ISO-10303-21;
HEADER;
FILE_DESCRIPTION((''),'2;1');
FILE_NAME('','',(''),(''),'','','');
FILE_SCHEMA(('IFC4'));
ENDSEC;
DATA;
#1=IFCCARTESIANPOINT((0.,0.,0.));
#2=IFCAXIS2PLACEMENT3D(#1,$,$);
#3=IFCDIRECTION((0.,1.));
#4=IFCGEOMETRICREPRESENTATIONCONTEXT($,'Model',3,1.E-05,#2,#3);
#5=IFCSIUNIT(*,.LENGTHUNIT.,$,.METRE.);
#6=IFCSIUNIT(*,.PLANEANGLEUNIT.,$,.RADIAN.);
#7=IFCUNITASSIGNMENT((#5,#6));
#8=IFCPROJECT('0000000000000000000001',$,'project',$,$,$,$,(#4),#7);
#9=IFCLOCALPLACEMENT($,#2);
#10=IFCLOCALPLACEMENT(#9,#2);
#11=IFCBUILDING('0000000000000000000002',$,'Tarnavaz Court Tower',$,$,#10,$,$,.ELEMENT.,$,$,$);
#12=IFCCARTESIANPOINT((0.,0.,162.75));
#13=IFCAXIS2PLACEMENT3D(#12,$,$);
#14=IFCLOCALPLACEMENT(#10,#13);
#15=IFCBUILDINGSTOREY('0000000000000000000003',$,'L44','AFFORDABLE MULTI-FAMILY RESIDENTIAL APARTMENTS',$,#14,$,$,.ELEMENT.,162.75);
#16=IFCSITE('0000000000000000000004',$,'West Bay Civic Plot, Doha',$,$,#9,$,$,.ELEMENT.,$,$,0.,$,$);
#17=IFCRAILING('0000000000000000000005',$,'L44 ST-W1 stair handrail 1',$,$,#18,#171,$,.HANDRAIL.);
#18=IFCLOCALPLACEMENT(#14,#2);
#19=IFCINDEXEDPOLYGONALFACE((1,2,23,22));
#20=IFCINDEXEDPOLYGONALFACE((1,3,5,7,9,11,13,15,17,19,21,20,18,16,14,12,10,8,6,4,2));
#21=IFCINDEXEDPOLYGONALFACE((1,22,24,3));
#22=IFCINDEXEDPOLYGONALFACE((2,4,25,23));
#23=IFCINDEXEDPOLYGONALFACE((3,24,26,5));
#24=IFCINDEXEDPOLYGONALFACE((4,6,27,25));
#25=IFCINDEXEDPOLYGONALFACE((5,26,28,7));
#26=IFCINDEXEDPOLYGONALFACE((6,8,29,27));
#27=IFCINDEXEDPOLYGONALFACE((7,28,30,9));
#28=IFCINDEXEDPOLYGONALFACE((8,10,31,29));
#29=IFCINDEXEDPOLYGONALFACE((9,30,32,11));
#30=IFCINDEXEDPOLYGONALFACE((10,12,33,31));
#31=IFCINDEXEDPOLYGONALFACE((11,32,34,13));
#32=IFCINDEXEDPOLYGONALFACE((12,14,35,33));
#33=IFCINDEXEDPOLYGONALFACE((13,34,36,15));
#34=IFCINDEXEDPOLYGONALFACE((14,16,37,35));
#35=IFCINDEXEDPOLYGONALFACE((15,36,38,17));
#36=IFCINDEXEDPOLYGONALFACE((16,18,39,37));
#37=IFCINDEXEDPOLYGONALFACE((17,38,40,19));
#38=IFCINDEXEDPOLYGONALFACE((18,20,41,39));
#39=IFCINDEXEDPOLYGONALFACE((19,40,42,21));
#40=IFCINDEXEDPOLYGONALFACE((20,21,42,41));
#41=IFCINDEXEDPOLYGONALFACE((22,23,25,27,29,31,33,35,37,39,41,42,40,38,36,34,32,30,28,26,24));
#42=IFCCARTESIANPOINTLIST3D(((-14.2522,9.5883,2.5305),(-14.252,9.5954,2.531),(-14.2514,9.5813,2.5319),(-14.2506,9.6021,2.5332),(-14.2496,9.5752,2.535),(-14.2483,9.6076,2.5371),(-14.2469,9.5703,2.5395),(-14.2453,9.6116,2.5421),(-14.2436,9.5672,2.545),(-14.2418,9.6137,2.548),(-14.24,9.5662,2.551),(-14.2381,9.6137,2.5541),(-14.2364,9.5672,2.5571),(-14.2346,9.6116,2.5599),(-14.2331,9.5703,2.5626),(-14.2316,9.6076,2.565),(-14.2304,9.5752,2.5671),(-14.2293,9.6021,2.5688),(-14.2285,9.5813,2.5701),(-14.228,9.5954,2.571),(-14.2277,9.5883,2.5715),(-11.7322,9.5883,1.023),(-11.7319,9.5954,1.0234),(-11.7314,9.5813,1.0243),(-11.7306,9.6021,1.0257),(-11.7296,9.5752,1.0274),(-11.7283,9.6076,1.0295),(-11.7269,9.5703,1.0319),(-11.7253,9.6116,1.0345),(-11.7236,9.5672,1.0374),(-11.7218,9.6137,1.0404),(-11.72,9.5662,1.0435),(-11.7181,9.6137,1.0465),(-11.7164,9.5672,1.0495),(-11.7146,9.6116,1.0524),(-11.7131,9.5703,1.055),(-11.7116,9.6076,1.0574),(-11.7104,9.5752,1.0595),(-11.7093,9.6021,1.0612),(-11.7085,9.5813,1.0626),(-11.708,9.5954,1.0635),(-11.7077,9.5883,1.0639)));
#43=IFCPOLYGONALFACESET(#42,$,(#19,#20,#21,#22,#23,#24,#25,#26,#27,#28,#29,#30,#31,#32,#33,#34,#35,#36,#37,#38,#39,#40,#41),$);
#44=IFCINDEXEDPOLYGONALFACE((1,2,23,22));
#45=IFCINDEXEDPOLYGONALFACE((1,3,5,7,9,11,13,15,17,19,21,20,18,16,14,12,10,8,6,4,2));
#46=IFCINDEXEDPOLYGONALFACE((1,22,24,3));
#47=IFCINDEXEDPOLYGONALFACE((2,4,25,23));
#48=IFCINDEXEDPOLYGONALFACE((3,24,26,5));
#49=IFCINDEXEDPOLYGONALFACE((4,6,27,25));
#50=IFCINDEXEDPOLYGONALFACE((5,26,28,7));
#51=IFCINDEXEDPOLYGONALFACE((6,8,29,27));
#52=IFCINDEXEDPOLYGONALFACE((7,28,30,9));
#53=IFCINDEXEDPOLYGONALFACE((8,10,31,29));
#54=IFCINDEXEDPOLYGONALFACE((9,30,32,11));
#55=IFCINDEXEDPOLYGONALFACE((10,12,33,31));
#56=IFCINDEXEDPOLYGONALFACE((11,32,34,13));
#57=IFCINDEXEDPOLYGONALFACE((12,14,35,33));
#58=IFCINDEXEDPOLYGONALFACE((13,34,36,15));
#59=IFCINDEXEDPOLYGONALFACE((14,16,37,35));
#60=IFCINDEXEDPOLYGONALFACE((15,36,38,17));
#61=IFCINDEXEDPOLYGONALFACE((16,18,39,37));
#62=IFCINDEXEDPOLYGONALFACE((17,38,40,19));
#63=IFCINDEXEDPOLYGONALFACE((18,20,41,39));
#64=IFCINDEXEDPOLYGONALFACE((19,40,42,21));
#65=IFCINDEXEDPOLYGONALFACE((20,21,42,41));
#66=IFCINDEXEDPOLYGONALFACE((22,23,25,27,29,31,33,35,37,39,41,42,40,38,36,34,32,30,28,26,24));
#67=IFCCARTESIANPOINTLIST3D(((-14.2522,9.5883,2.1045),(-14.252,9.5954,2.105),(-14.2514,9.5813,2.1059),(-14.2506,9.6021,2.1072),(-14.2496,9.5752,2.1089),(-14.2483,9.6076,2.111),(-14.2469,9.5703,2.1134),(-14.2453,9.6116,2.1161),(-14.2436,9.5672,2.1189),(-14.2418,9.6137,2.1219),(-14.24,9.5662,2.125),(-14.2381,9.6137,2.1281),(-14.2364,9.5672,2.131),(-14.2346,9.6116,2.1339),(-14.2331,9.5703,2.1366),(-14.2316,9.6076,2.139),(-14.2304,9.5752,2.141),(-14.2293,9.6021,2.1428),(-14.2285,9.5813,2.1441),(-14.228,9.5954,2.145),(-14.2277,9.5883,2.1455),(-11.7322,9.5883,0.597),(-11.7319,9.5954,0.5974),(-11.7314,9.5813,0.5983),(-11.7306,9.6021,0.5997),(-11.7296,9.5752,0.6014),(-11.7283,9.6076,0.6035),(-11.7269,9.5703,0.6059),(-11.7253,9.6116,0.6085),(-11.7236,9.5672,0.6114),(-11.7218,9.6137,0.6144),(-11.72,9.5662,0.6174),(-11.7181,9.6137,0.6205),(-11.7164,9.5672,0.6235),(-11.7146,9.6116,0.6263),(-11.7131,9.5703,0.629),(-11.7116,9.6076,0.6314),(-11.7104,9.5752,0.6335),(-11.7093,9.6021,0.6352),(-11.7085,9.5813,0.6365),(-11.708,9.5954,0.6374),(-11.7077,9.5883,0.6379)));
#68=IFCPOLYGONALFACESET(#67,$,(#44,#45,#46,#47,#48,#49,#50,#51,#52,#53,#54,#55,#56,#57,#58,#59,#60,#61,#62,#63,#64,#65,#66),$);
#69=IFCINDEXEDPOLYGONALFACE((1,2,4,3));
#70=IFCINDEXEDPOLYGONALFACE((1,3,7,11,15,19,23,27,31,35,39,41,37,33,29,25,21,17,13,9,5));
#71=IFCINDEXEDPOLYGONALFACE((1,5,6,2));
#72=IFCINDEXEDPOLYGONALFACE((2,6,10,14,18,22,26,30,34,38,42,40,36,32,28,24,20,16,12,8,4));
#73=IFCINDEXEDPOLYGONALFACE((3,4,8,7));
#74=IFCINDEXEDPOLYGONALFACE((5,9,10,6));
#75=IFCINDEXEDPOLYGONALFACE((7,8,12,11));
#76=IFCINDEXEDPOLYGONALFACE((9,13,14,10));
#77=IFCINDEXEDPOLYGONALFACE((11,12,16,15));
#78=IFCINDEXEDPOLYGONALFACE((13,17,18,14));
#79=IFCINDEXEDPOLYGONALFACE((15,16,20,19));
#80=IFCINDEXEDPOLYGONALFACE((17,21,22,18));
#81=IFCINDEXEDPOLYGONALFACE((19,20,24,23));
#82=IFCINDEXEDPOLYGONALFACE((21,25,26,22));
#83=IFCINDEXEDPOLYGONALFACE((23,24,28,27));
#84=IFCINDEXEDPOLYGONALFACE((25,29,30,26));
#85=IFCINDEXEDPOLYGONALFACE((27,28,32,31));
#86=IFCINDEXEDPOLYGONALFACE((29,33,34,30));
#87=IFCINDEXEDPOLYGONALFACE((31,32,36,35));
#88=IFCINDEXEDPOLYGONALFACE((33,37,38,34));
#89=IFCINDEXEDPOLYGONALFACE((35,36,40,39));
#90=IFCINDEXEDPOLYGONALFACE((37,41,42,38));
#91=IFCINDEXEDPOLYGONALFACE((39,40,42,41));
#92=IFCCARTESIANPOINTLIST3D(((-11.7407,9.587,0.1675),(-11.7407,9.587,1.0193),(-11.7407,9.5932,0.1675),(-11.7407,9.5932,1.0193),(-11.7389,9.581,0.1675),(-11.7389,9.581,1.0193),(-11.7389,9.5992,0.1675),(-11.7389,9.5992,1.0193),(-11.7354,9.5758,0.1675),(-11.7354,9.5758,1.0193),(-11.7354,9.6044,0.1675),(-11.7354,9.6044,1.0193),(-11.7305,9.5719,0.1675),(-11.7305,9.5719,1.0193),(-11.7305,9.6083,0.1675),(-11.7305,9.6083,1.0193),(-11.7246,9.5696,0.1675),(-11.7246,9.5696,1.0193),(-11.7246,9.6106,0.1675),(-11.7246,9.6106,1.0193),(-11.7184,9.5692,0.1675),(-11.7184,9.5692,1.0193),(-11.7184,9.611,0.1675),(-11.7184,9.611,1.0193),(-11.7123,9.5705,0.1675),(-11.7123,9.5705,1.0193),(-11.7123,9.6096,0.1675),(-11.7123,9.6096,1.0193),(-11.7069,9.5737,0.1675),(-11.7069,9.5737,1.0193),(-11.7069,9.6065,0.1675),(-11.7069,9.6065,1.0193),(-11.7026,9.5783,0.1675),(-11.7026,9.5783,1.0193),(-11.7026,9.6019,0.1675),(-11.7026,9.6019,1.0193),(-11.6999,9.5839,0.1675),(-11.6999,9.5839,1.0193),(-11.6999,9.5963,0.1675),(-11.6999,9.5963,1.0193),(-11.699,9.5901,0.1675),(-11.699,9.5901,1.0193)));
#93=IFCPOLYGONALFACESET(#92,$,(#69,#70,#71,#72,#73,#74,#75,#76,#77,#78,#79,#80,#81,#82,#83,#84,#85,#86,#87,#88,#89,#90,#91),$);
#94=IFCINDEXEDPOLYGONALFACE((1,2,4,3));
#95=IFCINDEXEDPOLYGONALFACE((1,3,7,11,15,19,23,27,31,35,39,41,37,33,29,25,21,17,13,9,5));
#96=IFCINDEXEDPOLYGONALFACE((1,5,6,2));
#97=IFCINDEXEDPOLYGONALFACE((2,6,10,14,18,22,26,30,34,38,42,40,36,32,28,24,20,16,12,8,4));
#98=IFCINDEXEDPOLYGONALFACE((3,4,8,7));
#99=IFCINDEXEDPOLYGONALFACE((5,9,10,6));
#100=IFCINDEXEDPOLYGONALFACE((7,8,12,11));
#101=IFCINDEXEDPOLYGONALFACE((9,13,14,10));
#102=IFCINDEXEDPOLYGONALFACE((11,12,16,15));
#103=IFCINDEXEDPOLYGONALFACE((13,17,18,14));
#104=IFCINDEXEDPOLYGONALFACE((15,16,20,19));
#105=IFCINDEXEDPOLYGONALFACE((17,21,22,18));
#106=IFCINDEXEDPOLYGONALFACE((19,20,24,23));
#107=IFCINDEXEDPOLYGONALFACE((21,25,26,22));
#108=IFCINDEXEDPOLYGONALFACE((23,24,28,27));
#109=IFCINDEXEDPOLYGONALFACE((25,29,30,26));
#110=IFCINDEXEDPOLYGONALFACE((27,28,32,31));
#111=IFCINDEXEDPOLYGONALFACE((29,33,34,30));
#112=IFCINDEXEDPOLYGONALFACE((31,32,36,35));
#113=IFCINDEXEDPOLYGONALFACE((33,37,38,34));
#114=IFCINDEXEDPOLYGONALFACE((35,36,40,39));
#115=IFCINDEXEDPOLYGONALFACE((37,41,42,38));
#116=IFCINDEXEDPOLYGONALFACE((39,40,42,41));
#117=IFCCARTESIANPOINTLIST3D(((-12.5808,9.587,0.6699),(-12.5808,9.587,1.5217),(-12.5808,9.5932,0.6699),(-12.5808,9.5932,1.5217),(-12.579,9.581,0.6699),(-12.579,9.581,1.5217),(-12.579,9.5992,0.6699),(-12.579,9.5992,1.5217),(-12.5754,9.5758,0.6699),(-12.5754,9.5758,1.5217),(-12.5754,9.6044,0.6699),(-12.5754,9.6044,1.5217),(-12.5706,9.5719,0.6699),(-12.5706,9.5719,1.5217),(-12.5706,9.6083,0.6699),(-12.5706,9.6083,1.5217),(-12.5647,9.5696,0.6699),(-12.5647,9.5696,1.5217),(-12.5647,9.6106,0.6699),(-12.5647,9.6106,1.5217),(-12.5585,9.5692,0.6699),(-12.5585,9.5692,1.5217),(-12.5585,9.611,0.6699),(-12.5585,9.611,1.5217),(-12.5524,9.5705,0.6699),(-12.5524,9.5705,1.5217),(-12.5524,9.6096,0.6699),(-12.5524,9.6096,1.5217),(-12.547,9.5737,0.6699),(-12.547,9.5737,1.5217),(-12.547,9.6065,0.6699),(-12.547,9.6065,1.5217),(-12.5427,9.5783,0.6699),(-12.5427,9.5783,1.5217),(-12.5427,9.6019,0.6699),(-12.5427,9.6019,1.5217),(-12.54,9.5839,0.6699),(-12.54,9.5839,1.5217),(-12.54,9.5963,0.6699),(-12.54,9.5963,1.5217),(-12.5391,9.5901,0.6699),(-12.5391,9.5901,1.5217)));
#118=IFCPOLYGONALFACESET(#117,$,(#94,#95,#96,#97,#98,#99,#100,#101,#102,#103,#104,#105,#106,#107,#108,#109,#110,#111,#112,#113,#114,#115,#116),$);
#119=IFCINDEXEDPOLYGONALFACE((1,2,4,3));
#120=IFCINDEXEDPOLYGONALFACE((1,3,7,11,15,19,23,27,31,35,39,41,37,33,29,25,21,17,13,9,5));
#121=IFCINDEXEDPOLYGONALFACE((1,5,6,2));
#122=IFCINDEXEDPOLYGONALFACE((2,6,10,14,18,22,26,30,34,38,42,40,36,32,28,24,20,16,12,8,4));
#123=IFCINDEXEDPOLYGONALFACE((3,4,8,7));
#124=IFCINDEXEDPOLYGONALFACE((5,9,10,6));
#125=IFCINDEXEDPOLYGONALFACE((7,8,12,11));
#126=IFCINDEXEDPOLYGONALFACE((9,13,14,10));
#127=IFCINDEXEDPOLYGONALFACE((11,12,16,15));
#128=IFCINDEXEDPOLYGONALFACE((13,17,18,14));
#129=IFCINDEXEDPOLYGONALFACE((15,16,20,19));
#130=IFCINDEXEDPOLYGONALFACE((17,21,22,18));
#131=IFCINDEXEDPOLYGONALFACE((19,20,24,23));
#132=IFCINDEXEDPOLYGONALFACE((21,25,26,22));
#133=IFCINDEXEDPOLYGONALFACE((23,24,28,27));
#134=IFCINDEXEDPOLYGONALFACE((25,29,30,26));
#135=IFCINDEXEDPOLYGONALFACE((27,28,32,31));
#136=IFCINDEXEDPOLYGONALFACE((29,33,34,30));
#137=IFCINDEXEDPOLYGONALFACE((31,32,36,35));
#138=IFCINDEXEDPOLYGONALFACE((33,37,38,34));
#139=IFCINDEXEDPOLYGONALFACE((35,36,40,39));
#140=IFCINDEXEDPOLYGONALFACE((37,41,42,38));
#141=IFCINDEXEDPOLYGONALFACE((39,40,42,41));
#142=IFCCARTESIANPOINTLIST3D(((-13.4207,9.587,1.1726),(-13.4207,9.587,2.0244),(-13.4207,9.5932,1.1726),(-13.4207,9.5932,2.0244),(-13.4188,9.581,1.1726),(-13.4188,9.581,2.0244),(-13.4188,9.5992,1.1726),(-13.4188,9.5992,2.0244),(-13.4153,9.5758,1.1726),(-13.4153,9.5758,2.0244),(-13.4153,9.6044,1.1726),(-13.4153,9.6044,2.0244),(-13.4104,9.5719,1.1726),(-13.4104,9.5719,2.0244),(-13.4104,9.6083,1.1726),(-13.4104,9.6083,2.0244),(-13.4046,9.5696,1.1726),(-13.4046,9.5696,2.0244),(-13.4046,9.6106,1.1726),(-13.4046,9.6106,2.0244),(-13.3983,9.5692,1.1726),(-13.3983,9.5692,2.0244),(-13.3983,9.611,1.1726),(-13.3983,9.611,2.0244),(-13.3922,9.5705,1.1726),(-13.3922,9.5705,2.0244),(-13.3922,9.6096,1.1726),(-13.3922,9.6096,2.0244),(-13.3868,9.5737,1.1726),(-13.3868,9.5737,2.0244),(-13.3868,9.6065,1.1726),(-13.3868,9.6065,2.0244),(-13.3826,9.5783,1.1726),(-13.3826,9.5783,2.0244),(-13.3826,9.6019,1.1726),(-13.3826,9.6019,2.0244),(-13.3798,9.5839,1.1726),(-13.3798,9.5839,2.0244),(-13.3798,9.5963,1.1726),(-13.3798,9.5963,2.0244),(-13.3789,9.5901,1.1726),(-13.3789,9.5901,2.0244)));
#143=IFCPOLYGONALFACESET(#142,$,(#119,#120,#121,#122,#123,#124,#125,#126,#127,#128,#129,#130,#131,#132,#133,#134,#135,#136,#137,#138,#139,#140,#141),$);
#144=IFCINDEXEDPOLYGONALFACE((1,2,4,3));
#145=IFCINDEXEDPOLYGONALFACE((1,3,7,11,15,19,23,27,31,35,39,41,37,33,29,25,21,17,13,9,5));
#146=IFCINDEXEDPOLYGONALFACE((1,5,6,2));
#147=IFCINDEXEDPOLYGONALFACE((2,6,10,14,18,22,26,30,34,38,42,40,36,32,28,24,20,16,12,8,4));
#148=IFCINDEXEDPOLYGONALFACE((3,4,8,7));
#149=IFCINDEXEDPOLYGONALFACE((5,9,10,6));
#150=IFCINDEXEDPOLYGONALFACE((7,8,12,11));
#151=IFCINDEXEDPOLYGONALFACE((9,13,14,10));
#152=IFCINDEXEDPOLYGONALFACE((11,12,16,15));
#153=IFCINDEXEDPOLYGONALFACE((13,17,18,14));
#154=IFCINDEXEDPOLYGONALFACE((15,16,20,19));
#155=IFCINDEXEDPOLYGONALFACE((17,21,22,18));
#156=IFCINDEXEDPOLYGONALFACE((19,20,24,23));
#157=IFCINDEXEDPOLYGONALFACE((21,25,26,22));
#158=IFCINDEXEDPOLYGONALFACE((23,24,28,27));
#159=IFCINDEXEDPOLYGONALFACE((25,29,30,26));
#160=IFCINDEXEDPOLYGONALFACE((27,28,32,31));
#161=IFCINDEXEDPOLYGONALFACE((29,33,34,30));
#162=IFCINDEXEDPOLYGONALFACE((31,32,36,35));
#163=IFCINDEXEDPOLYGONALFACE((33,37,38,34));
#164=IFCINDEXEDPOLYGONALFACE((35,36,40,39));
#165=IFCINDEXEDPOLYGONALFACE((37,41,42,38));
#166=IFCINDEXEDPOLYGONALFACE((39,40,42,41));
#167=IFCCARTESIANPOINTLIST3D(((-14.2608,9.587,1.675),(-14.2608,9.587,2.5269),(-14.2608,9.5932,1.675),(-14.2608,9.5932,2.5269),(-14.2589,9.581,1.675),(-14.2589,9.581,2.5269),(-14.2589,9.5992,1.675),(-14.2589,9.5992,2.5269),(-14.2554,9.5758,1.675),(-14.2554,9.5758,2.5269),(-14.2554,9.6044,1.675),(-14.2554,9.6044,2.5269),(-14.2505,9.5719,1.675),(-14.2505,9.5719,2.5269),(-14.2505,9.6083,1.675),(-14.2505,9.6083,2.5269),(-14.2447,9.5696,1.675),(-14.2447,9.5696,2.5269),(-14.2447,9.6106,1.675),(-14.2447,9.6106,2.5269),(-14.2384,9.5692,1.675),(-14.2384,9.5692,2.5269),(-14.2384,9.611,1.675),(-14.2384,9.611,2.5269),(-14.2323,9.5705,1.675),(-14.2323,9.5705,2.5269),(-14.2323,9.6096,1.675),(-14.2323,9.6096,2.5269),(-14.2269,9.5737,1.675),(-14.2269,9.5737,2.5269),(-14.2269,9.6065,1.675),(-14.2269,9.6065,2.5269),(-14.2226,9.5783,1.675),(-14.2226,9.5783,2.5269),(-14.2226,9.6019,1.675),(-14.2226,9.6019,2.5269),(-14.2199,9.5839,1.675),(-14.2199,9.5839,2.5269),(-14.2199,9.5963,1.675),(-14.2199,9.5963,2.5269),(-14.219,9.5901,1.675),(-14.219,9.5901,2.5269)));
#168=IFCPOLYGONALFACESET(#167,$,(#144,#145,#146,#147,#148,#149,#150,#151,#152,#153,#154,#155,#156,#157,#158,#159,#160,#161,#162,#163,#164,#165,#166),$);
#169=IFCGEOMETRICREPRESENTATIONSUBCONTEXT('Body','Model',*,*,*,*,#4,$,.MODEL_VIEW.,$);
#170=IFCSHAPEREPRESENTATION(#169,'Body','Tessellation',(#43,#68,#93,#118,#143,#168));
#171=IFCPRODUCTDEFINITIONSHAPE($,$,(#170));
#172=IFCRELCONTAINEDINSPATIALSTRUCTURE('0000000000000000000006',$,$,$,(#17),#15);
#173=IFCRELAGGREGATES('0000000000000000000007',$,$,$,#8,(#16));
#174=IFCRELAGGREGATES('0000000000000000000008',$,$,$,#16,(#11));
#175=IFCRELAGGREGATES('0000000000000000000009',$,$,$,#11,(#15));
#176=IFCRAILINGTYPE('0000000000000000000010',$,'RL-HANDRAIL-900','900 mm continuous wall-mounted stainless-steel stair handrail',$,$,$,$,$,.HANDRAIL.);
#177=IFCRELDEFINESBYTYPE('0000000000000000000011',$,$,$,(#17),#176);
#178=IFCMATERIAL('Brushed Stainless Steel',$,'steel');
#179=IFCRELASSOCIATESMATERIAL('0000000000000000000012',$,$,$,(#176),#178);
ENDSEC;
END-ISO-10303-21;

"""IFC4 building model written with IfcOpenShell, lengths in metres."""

from ifc_helpers import new_model, si_unit, direction, frame, origin, origin_2d, place, context, subcontext, project, spatial, circle, extrude, material, type_object, element, save


model = new_model("IFC4")

# Units and contexts
model_context = context("Model", 3, precision=1e-05, world=origin(), true_north=direction((0.0, 1.0)))
body_context = subcontext(model_context, "Body", "Model", "MODEL_VIEW")
ifc_project = project(units=[si_unit("LENGTHUNIT", "METRE"), si_unit("PLANEANGLEUNIT", "RADIAN")], contexts=[model_context])

# Site, building, storey
site_placement = place(None, origin())
site = spatial("IfcSite", under=ifc_project, at=site_placement, Name="West Bay Civic Plot, Doha", CompositionType="ELEMENT", RefElevation=0.0)
building_placement = place(site_placement, origin())
building = spatial("IfcBuilding", under=site, at=building_placement, Name="Tarnavaz Court Tower", CompositionType="ELEMENT")
storey_placement = place(building_placement, frame((0.0, 0.0, 162.75)))
storey = spatial("IfcBuildingStorey", under=building, at=storey_placement, Name="L44", Description="AFFORDABLE MULTI-FAMILY RESIDENTIAL APARTMENTS", CompositionType="ELEMENT", Elevation=162.75)

# Railing
ifc_material_1 = material(Name="Brushed Stainless Steel", Category="steel")
railing_type_1 = type_object("IfcRailingType", Name="RL-HANDRAIL-900", Description="900 mm continuous wall-mounted stainless-steel stair handrail", PredefinedType="HANDRAIL", material=ifc_material_1)
railing_1_placement = place(storey_placement, frame((-11.72, 9.5901, 0.1675)))
element("IfcRailing", 1, at=railing_1_placement, inside=storey, type_object=railing_type_1, Name="L44 ST-W1 stair handrail 1", PredefinedType="HANDRAIL", context=body_context, shape_type="SweptSolid", body=[
    extrude(circle(Radius=0.0239, at=origin_2d()), frame((0.0, 0.0, 0.876), z_axis=(-0.85816, 0.0, 0.513383), x_axis=(0.0, -1.0, 0.0)), (0.0, 0.0, 1.0), 2.9365),
    extrude(circle(Radius=0.0239, at=origin_2d()), frame((0.0, 0.0, 0.45), z_axis=(-0.85816, 0.0, 0.513383), x_axis=(0.0, -1.0, 0.0)), (0.0, 0.0, 1.0), 2.9365),
    extrude(circle(Radius=0.021, at=origin_2d()), origin(), (0.0, 0.0, 1.0), 0.8518),
    extrude(circle(Radius=0.021, at=origin_2d()), frame((-0.8401, 0.0, 0.5024)), (0.0, 0.0, 1.0), 0.8518),
    extrude(circle(Radius=0.021, at=origin_2d()), frame((-1.6799, 0.0, 1.0051)), (0.0, 0.0, 1.0), 0.8518),
    extrude(circle(Radius=0.021, at=origin_2d()), frame((-2.52, 0.0, 1.5076)), (0.0, 0.0, 1.0), 0.8518),
])

save(model, "model.ifc")
